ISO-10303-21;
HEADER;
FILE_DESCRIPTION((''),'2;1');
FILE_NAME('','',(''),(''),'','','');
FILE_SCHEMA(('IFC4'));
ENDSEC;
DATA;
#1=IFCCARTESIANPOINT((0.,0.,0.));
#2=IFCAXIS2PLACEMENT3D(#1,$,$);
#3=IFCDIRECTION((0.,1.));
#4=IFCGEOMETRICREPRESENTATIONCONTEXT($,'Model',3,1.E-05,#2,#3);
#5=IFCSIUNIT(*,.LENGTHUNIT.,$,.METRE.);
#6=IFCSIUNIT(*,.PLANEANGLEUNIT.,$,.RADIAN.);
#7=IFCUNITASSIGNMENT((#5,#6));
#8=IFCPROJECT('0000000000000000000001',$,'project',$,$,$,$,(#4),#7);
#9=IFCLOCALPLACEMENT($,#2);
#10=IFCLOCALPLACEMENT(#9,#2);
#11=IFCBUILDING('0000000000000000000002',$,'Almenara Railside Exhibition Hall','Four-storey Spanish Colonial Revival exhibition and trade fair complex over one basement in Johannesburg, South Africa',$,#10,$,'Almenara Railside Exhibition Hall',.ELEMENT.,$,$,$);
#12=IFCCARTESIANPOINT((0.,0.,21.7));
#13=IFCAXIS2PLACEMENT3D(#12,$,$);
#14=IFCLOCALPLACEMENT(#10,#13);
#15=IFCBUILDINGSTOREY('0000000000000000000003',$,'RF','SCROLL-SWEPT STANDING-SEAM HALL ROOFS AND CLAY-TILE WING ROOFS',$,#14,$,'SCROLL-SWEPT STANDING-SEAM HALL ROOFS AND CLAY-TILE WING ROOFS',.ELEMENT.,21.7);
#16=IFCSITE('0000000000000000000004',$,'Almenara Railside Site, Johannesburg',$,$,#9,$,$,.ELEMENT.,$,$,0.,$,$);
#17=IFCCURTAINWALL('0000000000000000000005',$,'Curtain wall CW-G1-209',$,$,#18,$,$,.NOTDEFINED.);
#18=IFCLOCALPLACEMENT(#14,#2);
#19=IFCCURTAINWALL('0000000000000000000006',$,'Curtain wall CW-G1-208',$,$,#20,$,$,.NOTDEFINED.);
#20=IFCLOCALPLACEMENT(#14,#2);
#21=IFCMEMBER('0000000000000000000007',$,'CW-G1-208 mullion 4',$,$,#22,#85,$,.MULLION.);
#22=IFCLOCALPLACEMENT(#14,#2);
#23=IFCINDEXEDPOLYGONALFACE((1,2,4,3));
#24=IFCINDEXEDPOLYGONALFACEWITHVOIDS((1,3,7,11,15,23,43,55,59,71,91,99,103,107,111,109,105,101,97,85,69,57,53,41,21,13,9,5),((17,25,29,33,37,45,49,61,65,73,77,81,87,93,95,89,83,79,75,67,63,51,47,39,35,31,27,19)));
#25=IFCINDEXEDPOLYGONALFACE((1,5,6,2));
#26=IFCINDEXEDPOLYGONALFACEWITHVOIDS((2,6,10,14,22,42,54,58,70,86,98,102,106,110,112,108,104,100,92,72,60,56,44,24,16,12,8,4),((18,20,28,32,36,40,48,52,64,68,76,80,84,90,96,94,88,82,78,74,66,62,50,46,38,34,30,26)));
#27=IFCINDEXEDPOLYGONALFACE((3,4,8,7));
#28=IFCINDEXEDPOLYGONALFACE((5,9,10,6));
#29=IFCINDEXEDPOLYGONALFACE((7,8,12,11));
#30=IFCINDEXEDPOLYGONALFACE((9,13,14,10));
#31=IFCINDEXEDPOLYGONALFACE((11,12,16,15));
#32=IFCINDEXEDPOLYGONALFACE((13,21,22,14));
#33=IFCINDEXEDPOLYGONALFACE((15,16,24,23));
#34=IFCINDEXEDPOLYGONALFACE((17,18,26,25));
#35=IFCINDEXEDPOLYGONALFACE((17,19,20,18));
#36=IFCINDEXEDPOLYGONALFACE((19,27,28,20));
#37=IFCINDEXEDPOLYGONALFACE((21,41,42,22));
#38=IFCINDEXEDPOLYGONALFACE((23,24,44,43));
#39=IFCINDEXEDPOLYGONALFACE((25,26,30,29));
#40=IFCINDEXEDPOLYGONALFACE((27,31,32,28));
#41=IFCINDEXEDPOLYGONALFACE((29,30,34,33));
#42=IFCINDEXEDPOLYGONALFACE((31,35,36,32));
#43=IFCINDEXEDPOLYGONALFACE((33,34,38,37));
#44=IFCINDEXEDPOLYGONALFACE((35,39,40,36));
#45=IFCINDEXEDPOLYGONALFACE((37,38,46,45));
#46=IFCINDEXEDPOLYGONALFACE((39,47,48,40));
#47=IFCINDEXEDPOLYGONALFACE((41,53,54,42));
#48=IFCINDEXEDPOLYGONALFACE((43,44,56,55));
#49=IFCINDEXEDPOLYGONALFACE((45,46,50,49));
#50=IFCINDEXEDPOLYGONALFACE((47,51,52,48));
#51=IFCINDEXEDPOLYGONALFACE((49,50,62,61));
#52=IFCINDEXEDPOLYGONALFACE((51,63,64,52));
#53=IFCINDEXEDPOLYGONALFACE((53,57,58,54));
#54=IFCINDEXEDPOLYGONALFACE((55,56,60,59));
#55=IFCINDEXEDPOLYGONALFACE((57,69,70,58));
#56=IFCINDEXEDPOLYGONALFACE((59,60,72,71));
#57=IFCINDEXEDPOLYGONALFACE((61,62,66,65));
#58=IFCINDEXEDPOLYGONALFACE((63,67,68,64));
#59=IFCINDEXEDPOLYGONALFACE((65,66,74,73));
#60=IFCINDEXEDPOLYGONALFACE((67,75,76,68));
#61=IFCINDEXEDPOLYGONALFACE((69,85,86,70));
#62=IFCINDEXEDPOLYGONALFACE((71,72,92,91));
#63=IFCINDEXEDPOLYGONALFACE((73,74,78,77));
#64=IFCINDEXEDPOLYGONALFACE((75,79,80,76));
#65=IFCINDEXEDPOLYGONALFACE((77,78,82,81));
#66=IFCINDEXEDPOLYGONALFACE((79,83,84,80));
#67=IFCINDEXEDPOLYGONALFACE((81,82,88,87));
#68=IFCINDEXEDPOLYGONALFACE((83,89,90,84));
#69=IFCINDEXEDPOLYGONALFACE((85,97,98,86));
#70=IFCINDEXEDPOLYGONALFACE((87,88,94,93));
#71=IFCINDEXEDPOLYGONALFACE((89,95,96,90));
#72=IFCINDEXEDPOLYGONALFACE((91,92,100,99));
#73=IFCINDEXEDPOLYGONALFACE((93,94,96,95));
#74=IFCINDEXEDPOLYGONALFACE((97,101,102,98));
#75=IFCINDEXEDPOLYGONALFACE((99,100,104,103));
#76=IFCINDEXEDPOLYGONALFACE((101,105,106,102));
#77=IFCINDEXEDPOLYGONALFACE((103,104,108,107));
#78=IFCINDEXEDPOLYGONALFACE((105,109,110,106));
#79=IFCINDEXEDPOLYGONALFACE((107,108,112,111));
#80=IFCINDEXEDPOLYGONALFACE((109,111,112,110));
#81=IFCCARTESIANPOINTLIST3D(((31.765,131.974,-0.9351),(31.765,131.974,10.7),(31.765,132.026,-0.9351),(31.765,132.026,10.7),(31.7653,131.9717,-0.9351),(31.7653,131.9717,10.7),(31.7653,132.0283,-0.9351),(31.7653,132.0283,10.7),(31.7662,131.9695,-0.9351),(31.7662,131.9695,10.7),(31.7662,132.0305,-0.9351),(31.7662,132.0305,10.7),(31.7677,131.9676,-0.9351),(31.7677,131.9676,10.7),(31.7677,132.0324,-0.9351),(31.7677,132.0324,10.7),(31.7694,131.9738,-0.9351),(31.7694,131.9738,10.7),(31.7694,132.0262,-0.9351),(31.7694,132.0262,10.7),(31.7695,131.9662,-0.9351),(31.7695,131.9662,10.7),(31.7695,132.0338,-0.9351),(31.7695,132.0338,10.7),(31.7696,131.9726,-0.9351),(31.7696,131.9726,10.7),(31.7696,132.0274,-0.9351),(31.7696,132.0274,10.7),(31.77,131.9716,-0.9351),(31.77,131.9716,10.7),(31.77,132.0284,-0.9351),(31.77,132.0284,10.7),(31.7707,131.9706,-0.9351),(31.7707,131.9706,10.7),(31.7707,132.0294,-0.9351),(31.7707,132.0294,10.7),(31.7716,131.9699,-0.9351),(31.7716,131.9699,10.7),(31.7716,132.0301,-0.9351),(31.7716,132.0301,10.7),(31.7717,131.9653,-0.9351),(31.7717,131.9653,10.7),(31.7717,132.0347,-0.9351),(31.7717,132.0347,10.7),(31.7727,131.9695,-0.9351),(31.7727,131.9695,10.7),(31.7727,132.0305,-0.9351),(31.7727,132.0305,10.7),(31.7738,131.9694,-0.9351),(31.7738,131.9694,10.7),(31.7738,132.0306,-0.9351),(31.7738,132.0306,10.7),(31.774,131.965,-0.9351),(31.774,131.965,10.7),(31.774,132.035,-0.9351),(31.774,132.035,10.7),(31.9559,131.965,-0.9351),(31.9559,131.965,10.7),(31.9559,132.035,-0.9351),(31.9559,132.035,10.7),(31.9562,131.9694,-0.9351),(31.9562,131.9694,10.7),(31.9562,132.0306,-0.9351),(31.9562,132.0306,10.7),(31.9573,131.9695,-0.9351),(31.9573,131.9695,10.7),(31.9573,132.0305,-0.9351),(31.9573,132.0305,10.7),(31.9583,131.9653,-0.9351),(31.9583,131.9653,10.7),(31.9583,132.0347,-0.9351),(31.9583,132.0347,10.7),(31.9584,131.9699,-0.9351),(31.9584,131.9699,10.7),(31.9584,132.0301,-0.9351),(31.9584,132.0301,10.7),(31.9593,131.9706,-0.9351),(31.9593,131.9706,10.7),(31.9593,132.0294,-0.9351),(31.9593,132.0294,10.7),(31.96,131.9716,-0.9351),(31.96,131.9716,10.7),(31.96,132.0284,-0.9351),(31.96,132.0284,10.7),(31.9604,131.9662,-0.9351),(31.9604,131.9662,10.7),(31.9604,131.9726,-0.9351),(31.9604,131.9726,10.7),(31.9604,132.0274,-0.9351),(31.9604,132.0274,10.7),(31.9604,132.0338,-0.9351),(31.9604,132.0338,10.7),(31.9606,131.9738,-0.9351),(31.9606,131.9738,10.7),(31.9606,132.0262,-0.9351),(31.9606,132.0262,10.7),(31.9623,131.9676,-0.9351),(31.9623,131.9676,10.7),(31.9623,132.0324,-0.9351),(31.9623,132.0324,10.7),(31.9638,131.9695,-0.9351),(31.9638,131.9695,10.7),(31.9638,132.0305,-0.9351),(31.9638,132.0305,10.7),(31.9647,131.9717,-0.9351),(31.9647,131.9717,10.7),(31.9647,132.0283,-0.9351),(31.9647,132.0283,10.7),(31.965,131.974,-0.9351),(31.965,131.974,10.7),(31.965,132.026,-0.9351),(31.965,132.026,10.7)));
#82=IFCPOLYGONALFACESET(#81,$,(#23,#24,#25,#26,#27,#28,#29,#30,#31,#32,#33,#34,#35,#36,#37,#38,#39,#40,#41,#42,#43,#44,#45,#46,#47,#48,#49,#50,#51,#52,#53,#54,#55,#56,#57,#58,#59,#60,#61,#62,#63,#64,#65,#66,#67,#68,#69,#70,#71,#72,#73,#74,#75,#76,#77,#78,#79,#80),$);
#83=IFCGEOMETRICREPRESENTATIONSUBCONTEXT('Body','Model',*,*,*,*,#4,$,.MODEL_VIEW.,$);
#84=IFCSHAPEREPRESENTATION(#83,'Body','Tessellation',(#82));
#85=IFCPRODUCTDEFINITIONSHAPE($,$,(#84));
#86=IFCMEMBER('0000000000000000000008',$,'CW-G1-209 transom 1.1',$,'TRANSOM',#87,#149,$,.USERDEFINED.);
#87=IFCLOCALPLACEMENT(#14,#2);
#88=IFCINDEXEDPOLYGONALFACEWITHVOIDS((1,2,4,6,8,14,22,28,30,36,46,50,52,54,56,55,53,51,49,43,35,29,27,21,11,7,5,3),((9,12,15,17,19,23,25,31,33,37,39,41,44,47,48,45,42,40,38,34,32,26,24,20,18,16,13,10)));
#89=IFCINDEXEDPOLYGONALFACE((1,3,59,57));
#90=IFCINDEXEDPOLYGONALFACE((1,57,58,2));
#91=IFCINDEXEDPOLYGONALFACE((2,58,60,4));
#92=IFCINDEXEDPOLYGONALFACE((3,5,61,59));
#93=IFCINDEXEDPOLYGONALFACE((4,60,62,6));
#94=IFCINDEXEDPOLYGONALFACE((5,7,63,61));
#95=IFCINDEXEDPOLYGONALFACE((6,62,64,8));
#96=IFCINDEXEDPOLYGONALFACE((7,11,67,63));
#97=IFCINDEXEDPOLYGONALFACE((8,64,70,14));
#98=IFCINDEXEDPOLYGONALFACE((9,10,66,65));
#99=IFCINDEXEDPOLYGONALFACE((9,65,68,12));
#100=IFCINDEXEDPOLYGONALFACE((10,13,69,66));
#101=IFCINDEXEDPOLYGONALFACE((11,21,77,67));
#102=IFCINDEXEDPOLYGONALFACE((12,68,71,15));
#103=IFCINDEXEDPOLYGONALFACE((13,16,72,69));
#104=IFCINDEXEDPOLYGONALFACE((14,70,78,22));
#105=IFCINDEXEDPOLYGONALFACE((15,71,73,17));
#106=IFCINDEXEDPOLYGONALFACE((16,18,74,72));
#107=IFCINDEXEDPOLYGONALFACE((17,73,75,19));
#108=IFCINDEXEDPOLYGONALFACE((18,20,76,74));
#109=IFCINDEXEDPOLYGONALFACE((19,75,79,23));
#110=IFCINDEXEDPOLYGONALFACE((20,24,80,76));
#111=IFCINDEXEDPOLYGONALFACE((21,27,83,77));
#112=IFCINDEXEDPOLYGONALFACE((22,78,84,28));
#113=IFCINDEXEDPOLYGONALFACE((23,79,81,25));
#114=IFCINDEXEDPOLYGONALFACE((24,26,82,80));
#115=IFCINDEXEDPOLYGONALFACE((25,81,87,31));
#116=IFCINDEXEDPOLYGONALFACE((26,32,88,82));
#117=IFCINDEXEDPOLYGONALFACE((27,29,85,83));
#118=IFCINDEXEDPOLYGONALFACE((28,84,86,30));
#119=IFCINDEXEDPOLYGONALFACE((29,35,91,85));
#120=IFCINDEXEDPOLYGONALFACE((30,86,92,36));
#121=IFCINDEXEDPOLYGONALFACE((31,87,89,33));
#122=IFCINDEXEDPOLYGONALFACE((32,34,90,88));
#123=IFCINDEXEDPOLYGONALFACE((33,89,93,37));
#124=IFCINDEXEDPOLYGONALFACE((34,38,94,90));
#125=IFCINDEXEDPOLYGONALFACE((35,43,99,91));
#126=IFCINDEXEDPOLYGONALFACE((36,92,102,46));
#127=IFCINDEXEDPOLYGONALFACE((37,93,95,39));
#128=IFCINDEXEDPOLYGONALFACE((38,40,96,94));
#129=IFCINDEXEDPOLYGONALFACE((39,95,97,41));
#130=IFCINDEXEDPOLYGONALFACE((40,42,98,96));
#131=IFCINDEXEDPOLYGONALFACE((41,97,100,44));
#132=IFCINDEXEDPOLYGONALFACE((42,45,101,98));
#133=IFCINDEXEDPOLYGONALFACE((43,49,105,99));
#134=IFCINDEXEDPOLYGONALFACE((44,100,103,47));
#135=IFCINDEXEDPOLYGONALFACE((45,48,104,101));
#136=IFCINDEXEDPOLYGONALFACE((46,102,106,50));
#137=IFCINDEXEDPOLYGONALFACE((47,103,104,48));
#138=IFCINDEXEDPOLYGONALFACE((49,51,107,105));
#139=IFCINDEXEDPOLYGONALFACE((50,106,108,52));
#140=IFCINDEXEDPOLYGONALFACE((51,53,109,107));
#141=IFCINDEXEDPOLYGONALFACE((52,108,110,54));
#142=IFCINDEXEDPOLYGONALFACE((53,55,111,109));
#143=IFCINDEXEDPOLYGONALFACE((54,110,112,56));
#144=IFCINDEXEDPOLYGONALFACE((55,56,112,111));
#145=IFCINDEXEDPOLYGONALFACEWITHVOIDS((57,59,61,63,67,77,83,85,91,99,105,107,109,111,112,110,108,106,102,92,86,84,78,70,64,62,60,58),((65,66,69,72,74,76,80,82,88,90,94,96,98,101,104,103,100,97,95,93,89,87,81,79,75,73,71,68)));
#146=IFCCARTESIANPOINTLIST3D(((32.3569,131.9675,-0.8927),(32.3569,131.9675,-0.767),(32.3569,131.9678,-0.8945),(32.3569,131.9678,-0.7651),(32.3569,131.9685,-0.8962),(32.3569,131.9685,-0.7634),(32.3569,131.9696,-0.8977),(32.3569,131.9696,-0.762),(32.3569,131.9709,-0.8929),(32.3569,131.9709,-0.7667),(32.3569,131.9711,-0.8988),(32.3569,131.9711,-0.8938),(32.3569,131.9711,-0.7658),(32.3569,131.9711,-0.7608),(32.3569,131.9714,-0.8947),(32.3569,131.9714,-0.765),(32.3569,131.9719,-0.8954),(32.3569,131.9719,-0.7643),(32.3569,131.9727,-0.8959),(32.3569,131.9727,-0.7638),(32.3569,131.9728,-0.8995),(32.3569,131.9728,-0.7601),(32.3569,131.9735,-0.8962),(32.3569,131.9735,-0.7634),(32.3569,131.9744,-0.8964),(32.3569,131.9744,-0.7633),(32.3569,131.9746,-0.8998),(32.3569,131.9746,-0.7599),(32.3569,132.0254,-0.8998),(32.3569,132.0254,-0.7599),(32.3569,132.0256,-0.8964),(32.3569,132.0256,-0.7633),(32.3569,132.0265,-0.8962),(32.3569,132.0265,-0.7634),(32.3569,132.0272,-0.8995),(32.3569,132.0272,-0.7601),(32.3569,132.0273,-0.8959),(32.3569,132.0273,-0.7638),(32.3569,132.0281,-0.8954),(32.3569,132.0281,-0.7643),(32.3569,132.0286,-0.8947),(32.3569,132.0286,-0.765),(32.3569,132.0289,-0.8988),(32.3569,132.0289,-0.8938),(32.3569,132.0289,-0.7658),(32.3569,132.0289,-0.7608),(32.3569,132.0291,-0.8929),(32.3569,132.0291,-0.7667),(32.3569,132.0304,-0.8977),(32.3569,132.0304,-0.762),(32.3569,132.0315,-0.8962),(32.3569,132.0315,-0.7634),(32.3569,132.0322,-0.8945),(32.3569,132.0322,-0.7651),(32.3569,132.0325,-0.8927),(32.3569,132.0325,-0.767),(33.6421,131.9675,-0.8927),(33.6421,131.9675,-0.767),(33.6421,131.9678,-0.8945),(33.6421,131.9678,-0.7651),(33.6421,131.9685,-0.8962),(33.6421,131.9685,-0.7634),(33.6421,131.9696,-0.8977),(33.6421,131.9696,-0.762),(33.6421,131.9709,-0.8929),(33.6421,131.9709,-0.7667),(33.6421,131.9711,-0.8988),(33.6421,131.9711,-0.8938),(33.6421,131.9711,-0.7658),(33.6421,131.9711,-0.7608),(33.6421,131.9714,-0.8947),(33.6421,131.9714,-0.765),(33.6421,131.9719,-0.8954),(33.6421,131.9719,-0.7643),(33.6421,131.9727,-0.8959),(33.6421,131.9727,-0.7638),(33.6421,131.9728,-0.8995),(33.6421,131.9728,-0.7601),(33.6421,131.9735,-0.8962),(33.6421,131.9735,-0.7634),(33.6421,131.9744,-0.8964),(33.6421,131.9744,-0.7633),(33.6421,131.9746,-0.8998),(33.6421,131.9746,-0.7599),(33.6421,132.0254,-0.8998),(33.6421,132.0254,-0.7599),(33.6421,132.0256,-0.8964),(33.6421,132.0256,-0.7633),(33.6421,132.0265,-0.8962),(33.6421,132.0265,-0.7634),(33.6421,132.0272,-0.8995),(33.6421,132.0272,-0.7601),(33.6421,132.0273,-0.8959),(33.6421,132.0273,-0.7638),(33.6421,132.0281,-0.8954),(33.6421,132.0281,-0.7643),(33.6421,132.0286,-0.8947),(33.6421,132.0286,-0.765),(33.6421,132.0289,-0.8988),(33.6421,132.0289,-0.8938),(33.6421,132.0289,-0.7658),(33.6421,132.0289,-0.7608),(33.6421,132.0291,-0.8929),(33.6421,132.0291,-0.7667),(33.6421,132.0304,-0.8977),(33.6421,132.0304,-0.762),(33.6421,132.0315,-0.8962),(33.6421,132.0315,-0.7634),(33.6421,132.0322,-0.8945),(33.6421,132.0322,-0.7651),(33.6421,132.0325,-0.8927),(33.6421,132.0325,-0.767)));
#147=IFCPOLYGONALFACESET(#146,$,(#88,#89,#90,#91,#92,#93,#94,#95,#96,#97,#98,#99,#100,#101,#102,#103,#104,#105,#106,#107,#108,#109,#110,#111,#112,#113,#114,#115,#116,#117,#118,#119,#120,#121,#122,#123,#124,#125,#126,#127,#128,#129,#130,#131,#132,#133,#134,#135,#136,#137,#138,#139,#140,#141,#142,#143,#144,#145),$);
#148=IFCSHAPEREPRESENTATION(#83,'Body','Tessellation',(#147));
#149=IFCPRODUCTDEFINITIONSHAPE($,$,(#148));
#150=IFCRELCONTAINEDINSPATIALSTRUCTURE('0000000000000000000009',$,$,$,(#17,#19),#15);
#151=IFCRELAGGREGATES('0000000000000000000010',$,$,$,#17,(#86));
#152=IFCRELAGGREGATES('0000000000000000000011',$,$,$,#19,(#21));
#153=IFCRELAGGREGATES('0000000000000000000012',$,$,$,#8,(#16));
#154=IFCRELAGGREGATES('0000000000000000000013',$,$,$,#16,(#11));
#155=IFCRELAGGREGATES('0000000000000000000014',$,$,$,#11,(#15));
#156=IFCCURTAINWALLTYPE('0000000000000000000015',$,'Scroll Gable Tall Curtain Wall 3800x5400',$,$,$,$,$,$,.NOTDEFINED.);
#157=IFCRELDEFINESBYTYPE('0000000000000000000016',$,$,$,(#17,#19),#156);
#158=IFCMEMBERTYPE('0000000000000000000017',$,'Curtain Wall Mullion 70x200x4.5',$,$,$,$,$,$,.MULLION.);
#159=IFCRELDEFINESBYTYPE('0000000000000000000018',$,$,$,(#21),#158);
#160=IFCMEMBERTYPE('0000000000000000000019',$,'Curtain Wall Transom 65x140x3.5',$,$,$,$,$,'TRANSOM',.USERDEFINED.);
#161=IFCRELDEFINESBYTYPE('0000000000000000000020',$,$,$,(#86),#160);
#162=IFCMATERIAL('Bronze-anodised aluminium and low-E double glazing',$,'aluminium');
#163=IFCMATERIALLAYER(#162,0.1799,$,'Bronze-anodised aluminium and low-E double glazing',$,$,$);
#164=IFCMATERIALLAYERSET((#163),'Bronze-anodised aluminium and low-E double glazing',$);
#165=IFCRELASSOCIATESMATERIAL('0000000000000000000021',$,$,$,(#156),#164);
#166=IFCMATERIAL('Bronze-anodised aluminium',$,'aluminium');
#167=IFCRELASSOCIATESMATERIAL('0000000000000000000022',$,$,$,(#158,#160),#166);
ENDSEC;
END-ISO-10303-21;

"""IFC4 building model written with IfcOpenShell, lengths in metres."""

from ifc_helpers import new_model, si_unit, direction, frame, origin, origin_2d, place, context, subcontext, project, spatial, hollow_rectangle, extrude, material, layer, layer_set, material_profile, profile_set, type_object, element, aggregate, save


model = new_model("IFC4")

# Units and contexts
model_context = context("Model", 3, precision=1e-05, world=origin(), true_north=direction((0.0, 1.0)))
body_context = subcontext(model_context, "Body", "Model", "MODEL_VIEW")
ifc_project = project(units=[si_unit("LENGTHUNIT", "METRE"), si_unit("PLANEANGLEUNIT", "RADIAN")], contexts=[model_context])

# Site, building, storey
site_placement = place(None, origin())
site = spatial("IfcSite", under=ifc_project, at=site_placement, Name="Almenara Railside Site, Johannesburg", CompositionType="ELEMENT", RefElevation=0.0)
building_placement = place(site_placement, origin())
building = spatial("IfcBuilding", under=site, at=building_placement, Name="Almenara Railside Exhibition Hall", Description="Four-storey Spanish Colonial Revival exhibition and trade fair complex over one basement in Johannesburg, South Africa", LongName="Almenara Railside Exhibition Hall", CompositionType="ELEMENT")
storey_placement = place(building_placement, frame((0.0, 0.0, 21.7)))
storey = spatial("IfcBuildingStorey", under=building, at=storey_placement, Name="RF", Description="SCROLL-SWEPT STANDING-SEAM HALL ROOFS AND CLAY-TILE WING ROOFS", LongName="SCROLL-SWEPT STANDING-SEAM HALL ROOFS AND CLAY-TILE WING ROOFS", CompositionType="ELEMENT", Elevation=21.7)

# Curtain wall
ifc_material_1 = material(Name="Bronze-anodised aluminium and low-E double glazing", Category="aluminium")
ifc_layer_1 = layer(ifc_material_1, 0.1799, Name="Bronze-anodised aluminium and low-E double glazing")
ifc_layer_set_1 = layer_set([ifc_layer_1], Name="Bronze-anodised aluminium and low-E double glazing")
curtain_wall_type = type_object("IfcCurtainWallType", Name="Scroll Gable Tall Curtain Wall 3800x5400", PredefinedType="NOTDEFINED", material=ifc_layer_set_1)
curtain_wall_1_placement = place(storey_placement, origin())
curtain_wall_1 = element("IfcCurtainWall", 1, at=curtain_wall_1_placement, inside=storey, type_object=curtain_wall_type, Name="Curtain wall CW-G1-209", PredefinedType="NOTDEFINED")
ifc_material_2 = material(Name="Bronze-anodised aluminium", Category="aluminium")

# Curtain wall, member
curtain_wall_2_placement = place(storey_placement, origin())
curtain_wall_2 = element("IfcCurtainWall", 2, at=curtain_wall_2_placement, inside=storey, type_object=curtain_wall_type, Name="Curtain wall CW-G1-208", PredefinedType="NOTDEFINED")
ifc_material_profile_1 = material_profile(ifc_material_2, hollow_rectangle(XDim=0.0701, YDim=0.2, WallThickness=0.0044, InnerFilletRadius=0.0044, OuterFilletRadius=0.009, at=origin_2d()), Name="ALU-MUL 70x200x4.5")
ifc_profile_set_1 = profile_set([ifc_material_profile_1], Name="Bronze-anodised aluminium")
member_type_1 = type_object("IfcMemberType", Name="Curtain Wall Mullion 70x200x4.5", PredefinedType="MULLION", material=ifc_profile_set_1)
member_1_placement = place(storey_placement, frame((31.865, 132.0, -0.9351), z_axis=(0.0, 0.0, 1.0), x_axis=(0.0, 1.0, 0.0)))
member_1 = element("IfcMember", 3, at=member_1_placement, type_object=member_type_1, Name="CW-G1-208 mullion 4", PredefinedType="MULLION", context=body_context, shape_type="SweptSolid", body=[
    extrude(hollow_rectangle(XDim=0.0701, YDim=0.2, WallThickness=0.0044, InnerFilletRadius=0.0044, OuterFilletRadius=0.009, at=origin_2d()), origin(), (0.0, 0.0, 1.0), 11.635),
])

# Member
ifc_material_profile_2 = material_profile(ifc_material_2, hollow_rectangle(XDim=0.0649, YDim=0.1399, WallThickness=0.0034, InnerFilletRadius=0.0034, OuterFilletRadius=0.0071, at=origin_2d()), Name="ALU-TRN 65x140x3.5")
ifc_profile_set_2 = profile_set([ifc_material_profile_2], Name="Bronze-anodised aluminium")
member_type_2 = type_object("IfcMemberType", Name="Curtain Wall Transom 65x140x3.5", ElementType="TRANSOM", PredefinedType="USERDEFINED", material=ifc_profile_set_2)
member_2_placement = place(storey_placement, frame((32.3569, 132.0, -0.8298), z_axis=(1.0, 0.0, 0.0), x_axis=(0.0, 1.0, 0.0)))
member_2 = element("IfcMember", 4, at=member_2_placement, type_object=member_type_2, Name="CW-G1-209 transom 1.1", ObjectType="TRANSOM", PredefinedType="USERDEFINED", context=body_context, shape_type="SweptSolid", body=[
    extrude(hollow_rectangle(XDim=0.0649, YDim=0.1399, WallThickness=0.0034, InnerFilletRadius=0.0034, OuterFilletRadius=0.0071, at=origin_2d()), origin(), (0.0, 0.0, 1.0), 1.2852),
])
aggregate(curtain_wall_1, [member_2])

aggregate(curtain_wall_2, [member_1])

save(model, "model.ifc")
